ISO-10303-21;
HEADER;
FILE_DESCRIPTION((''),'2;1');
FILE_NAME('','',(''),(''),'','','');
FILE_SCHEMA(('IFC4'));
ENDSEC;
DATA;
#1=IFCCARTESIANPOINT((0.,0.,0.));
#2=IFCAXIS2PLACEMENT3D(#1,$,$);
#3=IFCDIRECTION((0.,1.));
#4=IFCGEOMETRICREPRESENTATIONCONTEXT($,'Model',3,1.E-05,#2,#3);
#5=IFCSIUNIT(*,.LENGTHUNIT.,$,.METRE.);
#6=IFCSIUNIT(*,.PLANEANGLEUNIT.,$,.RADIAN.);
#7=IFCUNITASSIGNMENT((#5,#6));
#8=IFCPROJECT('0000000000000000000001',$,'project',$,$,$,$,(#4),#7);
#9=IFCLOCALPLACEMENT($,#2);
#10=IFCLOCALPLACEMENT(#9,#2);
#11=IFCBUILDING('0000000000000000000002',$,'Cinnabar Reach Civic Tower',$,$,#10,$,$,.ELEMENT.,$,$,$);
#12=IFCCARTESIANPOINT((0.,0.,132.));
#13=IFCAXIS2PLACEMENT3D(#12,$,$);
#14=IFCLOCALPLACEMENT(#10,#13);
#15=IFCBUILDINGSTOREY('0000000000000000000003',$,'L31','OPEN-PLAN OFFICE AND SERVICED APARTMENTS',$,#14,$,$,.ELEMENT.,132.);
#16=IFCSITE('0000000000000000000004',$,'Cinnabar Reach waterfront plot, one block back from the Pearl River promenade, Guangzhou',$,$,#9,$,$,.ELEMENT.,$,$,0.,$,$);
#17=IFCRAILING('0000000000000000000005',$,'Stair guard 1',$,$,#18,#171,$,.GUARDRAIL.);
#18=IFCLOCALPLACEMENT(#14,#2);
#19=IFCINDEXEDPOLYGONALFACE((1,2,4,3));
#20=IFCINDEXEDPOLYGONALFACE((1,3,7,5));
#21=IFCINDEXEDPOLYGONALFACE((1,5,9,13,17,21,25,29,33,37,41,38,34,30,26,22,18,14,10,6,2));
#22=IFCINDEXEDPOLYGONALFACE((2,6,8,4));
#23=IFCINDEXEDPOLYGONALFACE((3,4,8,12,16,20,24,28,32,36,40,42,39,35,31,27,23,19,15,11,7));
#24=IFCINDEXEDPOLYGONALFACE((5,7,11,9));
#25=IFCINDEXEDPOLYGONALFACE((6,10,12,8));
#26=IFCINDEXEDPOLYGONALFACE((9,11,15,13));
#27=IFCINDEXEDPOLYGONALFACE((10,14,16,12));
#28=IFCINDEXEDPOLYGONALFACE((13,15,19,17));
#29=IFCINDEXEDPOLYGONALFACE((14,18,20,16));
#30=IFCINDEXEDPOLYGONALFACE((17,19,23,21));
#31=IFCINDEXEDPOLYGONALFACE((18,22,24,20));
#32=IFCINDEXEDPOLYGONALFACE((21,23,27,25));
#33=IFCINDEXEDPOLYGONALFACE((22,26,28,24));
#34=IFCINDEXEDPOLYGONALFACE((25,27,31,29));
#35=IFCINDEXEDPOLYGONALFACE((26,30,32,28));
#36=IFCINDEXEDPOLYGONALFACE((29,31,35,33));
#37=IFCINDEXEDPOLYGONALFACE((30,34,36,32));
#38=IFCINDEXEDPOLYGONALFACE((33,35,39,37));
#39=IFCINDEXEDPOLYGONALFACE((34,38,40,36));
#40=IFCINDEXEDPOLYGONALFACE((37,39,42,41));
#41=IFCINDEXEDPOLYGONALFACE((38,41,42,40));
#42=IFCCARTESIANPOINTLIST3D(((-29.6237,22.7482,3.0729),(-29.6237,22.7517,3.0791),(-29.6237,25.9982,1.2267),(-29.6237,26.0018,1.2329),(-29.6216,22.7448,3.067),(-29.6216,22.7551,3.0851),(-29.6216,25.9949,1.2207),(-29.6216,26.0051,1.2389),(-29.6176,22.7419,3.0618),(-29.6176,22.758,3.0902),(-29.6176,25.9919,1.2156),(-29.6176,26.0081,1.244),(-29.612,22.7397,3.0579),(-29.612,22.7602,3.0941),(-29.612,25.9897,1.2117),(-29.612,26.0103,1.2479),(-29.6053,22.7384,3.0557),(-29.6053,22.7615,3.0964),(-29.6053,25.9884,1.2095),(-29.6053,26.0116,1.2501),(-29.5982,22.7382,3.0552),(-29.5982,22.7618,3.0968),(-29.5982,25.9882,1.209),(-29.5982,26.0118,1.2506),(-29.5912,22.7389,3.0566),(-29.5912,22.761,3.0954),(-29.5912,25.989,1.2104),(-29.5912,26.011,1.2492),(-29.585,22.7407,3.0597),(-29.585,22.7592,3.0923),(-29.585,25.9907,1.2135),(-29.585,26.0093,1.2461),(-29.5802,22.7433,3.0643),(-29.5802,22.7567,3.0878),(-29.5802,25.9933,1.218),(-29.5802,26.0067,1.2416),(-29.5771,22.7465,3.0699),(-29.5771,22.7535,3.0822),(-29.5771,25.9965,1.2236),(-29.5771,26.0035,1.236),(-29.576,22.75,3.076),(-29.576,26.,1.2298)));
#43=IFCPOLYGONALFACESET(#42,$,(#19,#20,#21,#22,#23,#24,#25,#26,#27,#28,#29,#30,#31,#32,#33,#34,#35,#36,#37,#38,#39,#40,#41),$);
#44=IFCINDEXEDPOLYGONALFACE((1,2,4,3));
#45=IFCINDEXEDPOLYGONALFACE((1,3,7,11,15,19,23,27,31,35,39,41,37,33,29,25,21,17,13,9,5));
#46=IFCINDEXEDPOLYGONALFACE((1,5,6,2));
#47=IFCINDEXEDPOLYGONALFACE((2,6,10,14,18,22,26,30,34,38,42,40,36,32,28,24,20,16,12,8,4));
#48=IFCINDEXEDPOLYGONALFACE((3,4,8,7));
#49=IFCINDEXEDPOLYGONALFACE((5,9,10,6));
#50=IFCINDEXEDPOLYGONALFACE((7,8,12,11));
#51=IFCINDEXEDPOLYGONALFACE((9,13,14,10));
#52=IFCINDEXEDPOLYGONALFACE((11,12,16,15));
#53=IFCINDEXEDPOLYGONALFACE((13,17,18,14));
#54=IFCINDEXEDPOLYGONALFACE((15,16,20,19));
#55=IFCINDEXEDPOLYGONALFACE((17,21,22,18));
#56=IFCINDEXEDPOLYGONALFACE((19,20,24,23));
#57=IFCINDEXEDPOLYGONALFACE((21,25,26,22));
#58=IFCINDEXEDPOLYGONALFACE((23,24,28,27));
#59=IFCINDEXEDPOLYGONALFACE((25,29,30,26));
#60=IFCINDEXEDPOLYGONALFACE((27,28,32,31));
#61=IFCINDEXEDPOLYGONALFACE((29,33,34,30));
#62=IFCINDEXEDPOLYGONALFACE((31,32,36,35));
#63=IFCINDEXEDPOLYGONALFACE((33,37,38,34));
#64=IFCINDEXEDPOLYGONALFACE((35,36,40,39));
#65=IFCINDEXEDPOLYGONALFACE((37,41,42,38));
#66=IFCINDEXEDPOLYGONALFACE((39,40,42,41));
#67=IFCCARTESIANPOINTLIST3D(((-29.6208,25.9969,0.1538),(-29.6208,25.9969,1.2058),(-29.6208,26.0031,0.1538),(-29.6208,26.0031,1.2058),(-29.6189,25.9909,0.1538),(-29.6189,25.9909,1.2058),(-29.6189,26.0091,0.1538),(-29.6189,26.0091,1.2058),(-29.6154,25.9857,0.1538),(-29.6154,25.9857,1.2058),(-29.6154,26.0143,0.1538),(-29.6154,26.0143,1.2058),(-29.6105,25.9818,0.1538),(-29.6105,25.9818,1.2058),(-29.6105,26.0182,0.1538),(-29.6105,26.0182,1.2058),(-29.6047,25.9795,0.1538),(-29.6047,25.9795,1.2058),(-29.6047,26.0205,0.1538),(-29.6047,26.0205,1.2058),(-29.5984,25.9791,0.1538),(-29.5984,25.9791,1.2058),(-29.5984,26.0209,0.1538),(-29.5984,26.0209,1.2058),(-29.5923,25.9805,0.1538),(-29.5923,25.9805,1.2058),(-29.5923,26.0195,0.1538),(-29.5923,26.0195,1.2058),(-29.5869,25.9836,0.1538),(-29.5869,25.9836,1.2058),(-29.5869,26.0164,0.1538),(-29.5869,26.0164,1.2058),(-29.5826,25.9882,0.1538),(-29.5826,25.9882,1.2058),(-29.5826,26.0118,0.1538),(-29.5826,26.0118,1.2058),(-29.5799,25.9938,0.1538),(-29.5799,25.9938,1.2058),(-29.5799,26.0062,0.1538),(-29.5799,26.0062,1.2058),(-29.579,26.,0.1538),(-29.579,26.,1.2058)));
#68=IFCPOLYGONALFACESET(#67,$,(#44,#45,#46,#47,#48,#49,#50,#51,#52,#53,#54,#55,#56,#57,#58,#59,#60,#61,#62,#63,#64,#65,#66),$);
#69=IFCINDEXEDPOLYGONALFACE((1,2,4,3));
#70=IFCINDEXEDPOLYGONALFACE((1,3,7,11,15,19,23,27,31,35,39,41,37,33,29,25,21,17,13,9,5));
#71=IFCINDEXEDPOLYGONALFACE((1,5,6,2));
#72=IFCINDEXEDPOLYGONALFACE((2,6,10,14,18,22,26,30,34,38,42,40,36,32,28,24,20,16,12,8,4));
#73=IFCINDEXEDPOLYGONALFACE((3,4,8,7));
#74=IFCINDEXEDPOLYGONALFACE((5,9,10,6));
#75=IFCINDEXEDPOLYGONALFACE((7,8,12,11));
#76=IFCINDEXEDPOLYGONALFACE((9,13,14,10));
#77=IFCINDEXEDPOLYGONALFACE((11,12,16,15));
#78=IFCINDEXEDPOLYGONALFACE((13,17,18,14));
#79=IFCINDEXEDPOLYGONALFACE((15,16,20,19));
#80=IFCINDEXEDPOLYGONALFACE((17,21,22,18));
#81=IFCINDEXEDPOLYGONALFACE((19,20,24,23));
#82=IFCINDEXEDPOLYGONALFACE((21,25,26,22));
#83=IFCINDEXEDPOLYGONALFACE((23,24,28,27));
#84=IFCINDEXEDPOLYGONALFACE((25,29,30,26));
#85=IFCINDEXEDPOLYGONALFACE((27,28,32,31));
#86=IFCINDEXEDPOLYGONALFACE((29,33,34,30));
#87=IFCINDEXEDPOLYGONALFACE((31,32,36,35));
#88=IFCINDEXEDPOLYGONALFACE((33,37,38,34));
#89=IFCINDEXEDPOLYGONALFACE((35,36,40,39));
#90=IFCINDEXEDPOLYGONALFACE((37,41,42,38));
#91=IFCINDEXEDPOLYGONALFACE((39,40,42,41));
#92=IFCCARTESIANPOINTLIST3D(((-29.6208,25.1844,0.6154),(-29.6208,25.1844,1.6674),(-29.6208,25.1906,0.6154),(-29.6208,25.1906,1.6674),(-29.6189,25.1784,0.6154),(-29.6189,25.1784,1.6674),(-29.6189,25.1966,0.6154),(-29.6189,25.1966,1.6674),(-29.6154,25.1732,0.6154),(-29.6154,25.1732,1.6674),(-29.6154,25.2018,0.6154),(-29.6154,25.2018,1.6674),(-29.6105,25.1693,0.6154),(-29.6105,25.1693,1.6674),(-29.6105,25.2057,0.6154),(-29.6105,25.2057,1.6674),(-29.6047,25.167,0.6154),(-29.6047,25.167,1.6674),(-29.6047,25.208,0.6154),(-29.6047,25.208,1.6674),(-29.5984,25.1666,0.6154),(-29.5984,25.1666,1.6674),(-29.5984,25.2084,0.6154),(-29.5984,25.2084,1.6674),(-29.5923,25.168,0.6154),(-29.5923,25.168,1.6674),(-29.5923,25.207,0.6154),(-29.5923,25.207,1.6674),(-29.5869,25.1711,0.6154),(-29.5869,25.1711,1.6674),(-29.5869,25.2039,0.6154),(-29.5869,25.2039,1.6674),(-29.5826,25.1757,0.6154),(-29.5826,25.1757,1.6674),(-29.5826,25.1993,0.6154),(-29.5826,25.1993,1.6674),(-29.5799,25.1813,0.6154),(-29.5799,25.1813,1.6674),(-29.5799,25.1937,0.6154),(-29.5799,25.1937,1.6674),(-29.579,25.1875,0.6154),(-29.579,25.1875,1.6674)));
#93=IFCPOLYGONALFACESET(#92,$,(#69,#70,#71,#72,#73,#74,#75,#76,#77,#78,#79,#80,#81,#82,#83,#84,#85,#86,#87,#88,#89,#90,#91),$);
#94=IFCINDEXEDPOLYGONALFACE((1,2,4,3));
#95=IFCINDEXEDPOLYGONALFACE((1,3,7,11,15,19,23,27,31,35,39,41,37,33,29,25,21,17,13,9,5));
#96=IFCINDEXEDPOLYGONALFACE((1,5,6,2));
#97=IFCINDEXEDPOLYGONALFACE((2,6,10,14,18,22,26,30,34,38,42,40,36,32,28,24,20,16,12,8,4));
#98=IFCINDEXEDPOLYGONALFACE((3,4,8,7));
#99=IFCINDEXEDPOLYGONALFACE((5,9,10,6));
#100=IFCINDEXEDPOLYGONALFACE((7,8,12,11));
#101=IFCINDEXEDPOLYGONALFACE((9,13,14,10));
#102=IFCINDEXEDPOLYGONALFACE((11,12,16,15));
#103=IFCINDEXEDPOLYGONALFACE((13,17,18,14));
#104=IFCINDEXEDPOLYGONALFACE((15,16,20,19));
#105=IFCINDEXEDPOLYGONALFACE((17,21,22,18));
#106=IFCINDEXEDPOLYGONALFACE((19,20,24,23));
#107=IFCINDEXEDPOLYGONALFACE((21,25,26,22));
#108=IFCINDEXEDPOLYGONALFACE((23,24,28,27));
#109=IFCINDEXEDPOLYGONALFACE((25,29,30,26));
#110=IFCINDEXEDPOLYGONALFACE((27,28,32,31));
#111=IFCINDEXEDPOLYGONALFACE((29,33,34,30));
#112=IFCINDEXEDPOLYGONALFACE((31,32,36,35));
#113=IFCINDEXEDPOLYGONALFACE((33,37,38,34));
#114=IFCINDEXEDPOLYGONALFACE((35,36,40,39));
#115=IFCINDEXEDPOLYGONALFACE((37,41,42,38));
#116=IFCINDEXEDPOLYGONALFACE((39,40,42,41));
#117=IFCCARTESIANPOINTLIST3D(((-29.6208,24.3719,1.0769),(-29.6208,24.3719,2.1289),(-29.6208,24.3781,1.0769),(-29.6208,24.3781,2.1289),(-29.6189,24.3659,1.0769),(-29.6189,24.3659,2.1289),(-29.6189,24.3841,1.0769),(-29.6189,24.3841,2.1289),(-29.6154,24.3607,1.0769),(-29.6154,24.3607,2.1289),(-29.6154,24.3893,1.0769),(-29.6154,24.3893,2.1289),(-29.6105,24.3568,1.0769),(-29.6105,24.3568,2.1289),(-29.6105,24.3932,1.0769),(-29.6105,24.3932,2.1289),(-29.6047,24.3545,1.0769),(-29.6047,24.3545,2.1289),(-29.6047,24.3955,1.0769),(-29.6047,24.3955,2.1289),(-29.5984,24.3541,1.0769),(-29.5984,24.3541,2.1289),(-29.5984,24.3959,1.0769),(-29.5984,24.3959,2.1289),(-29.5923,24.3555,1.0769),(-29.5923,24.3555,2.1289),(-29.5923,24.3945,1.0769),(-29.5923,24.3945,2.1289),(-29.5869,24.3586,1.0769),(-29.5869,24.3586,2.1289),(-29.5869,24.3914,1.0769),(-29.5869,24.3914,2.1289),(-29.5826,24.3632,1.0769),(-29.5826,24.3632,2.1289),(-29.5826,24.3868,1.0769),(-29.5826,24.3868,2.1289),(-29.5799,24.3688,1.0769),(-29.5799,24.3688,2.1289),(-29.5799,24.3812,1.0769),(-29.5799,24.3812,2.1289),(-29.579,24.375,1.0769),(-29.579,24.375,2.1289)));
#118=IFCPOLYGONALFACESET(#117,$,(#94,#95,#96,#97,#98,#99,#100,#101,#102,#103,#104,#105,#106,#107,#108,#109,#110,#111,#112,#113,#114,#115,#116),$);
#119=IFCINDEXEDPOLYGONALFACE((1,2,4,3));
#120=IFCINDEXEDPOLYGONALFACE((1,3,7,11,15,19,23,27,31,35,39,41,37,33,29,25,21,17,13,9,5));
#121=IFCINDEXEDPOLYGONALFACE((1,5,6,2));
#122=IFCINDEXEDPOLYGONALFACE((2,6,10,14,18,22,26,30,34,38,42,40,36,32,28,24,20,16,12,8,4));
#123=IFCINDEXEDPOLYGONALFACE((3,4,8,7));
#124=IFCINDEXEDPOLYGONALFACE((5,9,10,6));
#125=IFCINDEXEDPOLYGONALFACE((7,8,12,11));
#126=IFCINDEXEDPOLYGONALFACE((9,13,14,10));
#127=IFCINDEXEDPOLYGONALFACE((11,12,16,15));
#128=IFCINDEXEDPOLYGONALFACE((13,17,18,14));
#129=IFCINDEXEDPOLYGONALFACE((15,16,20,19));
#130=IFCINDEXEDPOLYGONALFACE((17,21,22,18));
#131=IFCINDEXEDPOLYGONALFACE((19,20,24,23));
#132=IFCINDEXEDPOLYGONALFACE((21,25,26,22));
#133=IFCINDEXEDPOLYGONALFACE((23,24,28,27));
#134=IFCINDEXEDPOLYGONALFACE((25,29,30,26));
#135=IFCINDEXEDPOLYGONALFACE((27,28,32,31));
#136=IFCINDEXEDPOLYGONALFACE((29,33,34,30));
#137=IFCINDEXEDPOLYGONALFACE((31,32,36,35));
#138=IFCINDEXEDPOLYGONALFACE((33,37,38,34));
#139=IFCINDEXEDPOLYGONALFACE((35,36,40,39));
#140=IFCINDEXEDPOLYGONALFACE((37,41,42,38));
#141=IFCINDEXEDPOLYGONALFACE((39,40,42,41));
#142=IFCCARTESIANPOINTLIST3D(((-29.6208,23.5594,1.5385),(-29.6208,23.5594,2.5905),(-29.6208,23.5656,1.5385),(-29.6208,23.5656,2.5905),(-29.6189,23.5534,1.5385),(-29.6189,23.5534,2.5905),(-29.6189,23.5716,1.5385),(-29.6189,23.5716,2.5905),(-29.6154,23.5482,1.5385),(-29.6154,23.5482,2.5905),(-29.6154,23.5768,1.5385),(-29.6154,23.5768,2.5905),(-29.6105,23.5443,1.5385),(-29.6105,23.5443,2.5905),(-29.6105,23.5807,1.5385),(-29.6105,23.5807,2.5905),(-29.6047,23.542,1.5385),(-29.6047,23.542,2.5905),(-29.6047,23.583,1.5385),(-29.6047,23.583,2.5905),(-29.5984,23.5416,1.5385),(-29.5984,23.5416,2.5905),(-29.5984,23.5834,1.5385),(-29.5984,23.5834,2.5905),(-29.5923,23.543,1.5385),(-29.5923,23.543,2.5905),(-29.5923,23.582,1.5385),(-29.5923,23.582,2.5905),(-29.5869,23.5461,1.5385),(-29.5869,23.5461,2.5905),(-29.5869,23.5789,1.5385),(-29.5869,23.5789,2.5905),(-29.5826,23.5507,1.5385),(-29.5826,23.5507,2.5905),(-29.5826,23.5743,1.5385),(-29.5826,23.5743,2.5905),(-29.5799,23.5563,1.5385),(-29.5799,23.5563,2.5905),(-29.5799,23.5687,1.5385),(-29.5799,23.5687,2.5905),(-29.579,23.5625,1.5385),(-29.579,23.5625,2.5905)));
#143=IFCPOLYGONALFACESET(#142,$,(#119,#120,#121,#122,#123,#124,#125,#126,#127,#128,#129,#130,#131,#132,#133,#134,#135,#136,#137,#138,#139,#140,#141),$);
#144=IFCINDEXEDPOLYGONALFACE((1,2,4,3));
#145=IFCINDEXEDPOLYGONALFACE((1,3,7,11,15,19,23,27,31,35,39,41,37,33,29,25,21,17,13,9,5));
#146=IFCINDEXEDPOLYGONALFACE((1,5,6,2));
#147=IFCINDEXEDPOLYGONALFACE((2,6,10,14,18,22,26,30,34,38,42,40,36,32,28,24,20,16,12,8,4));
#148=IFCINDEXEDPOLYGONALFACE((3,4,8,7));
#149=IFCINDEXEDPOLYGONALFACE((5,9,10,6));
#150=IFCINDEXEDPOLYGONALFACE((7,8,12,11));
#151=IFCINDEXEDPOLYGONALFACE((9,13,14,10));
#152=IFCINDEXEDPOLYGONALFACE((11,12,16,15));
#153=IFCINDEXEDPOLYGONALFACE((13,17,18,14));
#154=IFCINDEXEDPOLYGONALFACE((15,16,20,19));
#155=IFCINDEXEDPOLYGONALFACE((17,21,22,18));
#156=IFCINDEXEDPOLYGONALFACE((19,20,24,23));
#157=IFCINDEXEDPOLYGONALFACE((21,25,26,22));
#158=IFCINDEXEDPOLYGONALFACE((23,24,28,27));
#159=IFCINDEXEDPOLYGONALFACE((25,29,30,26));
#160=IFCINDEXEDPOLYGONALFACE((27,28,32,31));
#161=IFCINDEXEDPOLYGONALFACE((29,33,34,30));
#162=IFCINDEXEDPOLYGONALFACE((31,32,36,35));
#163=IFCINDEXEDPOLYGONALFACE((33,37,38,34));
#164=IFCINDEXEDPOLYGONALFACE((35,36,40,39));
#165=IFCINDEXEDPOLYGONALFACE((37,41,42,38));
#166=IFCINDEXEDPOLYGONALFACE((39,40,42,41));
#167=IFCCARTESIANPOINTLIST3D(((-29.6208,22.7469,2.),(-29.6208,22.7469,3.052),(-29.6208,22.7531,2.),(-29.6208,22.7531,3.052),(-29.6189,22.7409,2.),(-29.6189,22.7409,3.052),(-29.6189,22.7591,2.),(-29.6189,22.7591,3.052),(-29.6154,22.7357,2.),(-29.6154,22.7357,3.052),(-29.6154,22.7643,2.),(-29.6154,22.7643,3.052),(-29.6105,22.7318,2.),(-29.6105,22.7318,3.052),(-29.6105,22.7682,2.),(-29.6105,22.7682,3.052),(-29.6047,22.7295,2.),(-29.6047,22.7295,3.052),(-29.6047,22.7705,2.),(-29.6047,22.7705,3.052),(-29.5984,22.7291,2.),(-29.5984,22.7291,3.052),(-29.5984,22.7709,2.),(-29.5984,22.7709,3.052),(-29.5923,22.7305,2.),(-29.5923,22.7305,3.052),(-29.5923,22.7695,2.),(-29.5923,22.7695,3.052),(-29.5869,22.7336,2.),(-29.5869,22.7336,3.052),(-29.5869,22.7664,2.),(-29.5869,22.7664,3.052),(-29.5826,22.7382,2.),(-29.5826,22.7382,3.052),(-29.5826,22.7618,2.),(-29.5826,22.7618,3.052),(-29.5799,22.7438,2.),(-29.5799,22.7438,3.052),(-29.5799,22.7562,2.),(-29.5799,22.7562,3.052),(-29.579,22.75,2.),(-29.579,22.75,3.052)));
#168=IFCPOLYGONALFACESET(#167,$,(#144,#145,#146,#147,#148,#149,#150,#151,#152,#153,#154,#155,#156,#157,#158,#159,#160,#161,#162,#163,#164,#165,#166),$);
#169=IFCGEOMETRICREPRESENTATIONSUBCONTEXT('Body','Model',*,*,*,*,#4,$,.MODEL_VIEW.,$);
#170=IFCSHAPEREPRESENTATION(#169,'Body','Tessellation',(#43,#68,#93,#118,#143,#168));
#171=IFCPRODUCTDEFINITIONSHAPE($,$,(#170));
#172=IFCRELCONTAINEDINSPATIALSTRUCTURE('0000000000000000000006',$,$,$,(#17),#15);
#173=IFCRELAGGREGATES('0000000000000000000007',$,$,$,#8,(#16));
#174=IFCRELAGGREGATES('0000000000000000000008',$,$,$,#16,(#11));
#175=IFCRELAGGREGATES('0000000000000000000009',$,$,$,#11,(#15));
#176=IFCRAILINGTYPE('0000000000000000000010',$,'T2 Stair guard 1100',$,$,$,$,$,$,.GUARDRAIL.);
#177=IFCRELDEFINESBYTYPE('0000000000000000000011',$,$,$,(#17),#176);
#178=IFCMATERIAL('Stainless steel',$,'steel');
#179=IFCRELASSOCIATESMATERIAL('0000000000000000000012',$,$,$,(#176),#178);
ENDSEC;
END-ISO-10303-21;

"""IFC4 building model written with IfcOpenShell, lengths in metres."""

from ifc_helpers import new_model, si_unit, direction, frame, origin, origin_2d, place, context, subcontext, project, spatial, circle, extrude, material, type_object, element, save


model = new_model("IFC4")

# Units and contexts
model_context = context("Model", 3, precision=1e-05, world=origin(), true_north=direction((0.0, 1.0)))
body_context = subcontext(model_context, "Body", "Model", "MODEL_VIEW")
ifc_project = project(units=[si_unit("LENGTHUNIT", "METRE"), si_unit("PLANEANGLEUNIT", "RADIAN")], contexts=[model_context])

# Site, building, storey
site_placement = place(None, origin())
site = spatial("IfcSite", under=ifc_project, at=site_placement, Name="Cinnabar Reach waterfront plot, one block back from the Pearl River promenade, Guangzhou", CompositionType="ELEMENT", RefElevation=0.0)
building_placement = place(site_placement, origin())
building = spatial("IfcBuilding", under=site, at=building_placement, Name="Cinnabar Reach Civic Tower", CompositionType="ELEMENT")
storey_placement = place(building_placement, frame((0.0, 0.0, 132.0)))
storey = spatial("IfcBuildingStorey", under=building, at=storey_placement, Name="L31", Description="OPEN-PLAN OFFICE AND SERVICED APARTMENTS", CompositionType="ELEMENT", Elevation=132.0)

# Railing
ifc_material_1 = material(Name="Stainless steel", Category="steel")
railing_type = type_object("IfcRailingType", Name="T2 Stair guard 1100", PredefinedType="GUARDRAIL", material=ifc_material_1)
railing_1_placement = place(storey_placement, frame((-29.6, 26.0, 0.1538)))
element("IfcRailing", 1, at=railing_1_placement, inside=storey, type_object=railing_type, Name="Stair guard 1", PredefinedType="GUARDRAIL", context=body_context, shape_type="SweptSolid", body=[
    extrude(circle(Radius=0.024, at=origin_2d()), frame((0.0, 0.0, 1.076), z_axis=(0.0, -0.869501, 0.49393), x_axis=(1.0, 0.0, 0.0)), (0.0, 0.0, 1.0), 3.7378),
    extrude(circle(Radius=0.021, at=origin_2d()), origin(), (0.0, 0.0, 1.0), 1.052),
    extrude(circle(Radius=0.021, at=origin_2d()), frame((0.0, -0.8125, 0.4616)), (0.0, 0.0, 1.0), 1.052),
    extrude(circle(Radius=0.021, at=origin_2d()), frame((0.0, -1.625, 0.9231)), (0.0, 0.0, 1.0), 1.052),
    extrude(circle(Radius=0.021, at=origin_2d()), frame((0.0, -2.4375, 1.3847)), (0.0, 0.0, 1.0), 1.052),
    extrude(circle(Radius=0.021, at=origin_2d()), frame((0.0, -3.25, 1.8462)), (0.0, 0.0, 1.0), 1.052),
])

save(model, "model.ifc")
